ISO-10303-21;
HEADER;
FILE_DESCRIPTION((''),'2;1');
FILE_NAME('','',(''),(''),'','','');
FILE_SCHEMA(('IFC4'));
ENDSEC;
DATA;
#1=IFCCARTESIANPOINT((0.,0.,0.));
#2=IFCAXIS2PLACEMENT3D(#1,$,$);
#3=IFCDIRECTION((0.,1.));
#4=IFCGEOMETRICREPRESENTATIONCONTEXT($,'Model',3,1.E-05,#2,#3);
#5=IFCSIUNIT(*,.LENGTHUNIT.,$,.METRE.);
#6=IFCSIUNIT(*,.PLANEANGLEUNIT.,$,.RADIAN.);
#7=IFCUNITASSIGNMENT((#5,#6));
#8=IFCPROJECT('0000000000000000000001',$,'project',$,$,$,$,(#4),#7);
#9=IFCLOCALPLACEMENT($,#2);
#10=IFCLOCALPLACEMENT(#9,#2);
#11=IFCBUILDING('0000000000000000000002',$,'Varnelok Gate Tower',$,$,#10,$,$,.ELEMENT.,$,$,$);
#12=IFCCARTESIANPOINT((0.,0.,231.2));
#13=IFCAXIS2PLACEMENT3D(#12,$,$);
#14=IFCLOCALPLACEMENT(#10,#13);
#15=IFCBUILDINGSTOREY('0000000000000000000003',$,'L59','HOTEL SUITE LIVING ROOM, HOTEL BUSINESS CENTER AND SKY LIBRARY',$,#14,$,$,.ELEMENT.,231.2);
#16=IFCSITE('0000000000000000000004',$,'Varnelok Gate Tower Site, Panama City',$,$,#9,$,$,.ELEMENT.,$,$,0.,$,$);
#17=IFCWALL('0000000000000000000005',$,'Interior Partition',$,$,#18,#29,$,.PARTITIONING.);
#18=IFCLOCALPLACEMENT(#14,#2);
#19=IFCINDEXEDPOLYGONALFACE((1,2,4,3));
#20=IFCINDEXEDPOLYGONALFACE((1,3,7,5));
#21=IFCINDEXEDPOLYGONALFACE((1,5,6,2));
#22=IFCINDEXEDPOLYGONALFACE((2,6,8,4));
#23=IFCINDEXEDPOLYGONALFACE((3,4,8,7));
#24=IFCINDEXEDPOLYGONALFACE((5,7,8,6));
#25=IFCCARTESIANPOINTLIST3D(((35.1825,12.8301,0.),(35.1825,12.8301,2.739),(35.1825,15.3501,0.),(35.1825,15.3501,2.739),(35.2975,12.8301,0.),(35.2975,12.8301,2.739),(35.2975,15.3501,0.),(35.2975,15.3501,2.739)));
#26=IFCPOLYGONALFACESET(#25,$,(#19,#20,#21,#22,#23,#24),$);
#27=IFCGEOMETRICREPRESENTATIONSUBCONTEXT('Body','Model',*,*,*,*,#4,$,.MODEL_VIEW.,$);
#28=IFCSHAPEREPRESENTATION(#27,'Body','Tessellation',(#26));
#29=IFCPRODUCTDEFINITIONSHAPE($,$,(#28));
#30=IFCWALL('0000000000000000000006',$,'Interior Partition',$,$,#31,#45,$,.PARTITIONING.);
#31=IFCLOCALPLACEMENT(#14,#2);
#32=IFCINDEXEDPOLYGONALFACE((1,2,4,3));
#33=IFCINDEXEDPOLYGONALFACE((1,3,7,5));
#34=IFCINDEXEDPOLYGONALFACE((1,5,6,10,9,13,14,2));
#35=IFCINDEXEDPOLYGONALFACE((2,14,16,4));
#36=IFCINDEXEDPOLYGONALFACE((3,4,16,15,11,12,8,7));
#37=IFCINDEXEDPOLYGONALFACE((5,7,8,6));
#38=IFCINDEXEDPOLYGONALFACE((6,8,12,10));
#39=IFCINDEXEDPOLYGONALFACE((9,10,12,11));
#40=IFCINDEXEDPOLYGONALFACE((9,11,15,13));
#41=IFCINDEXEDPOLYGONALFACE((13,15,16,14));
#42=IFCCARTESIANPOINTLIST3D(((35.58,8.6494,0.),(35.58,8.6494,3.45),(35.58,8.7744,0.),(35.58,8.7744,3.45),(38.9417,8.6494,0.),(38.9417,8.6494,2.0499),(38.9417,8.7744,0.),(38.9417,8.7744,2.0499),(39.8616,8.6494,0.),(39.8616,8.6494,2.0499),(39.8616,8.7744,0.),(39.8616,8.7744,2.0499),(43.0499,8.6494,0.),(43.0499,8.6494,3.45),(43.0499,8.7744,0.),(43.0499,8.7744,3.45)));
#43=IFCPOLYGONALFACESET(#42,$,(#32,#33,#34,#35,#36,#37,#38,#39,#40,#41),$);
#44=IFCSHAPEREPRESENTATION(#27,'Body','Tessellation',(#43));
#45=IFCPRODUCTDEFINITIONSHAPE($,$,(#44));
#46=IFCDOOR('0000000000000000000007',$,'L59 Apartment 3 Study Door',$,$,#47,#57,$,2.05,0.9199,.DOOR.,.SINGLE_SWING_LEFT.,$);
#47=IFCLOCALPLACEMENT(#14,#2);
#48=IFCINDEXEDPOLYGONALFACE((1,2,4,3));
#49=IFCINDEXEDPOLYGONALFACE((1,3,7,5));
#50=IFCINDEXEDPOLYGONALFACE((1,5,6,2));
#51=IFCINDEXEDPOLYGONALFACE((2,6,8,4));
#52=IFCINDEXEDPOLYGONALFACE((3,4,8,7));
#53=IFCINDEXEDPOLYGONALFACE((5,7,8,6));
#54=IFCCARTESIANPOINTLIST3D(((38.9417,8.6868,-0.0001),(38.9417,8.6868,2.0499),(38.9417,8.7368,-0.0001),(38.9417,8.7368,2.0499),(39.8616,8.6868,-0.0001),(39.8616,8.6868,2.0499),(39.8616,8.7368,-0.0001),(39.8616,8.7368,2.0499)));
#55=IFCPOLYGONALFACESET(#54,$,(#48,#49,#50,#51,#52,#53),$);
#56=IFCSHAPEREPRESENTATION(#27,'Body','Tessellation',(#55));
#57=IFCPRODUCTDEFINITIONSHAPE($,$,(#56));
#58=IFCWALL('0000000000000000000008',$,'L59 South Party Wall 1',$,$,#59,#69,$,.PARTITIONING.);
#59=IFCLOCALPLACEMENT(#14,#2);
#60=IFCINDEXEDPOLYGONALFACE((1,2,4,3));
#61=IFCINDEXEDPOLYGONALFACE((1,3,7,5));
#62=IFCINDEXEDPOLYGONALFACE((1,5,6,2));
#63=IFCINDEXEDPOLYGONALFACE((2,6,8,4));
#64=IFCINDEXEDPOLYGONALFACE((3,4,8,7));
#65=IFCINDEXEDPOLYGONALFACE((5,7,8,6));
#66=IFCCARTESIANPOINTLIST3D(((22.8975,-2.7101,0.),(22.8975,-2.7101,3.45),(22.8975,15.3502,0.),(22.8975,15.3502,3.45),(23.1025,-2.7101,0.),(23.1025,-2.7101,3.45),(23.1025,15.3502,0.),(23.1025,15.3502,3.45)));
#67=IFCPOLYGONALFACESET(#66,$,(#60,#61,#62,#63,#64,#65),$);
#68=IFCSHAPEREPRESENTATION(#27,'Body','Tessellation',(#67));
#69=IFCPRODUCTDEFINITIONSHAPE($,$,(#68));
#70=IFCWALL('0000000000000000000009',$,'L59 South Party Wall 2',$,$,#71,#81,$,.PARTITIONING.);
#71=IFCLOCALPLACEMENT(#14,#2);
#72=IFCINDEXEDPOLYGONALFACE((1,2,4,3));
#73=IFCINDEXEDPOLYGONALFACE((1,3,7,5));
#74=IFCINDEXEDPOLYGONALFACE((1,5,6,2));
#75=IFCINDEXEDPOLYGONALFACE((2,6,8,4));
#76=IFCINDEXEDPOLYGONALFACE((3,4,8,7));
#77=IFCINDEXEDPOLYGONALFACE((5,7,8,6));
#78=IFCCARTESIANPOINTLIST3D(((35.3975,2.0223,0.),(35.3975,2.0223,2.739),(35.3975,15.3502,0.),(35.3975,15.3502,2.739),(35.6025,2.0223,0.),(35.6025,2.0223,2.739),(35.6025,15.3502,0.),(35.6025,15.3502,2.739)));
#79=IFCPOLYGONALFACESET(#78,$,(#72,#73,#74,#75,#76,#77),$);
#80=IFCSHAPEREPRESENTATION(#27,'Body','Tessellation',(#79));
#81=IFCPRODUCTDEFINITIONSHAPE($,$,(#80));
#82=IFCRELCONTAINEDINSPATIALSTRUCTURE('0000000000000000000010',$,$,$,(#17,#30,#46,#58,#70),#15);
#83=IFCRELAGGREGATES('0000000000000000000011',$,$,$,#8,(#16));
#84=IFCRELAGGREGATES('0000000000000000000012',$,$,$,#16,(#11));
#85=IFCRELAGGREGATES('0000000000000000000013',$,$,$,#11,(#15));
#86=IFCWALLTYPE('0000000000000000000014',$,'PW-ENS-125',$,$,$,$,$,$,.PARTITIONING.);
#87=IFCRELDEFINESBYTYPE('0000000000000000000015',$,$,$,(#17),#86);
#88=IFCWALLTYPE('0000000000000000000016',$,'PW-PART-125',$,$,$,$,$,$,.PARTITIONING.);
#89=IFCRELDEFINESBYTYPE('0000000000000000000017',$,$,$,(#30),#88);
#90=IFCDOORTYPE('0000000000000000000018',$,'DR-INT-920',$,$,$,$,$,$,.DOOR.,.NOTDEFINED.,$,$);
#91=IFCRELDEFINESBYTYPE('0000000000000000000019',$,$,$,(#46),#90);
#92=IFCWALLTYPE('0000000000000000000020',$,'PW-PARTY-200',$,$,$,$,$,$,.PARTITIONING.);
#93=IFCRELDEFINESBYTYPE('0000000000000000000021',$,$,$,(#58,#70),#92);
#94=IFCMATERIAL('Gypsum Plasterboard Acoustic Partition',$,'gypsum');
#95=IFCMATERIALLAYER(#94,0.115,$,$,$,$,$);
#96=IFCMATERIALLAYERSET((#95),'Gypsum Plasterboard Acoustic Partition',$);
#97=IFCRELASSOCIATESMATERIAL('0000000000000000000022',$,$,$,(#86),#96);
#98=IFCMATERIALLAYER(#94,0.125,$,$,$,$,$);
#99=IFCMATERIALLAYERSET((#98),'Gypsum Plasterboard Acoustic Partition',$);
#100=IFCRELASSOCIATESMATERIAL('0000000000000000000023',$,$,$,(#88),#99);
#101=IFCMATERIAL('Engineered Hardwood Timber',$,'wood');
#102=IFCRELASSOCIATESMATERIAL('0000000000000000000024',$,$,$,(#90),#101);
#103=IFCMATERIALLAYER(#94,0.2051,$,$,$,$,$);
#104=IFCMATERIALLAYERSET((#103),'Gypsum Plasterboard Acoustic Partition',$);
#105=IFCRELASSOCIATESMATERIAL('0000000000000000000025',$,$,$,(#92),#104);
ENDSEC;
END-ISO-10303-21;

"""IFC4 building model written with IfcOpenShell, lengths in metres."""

from ifc_helpers import new_model, si_unit, direction, frame, frame_2d, origin, place, context, subcontext, project, spatial, rectangle, extrude, material, layer, layer_set, type_object, element, fill, save


model = new_model("IFC4")

# Units and contexts
model_context = context("Model", 3, precision=1e-05, world=origin(), true_north=direction((0.0, 1.0)))
body_context = subcontext(model_context, "Body", "Model", "MODEL_VIEW")
ifc_project = project(units=[si_unit("LENGTHUNIT", "METRE"), si_unit("PLANEANGLEUNIT", "RADIAN")], contexts=[model_context])

# Site, building, storey
site_placement = place(None, origin())
site = spatial("IfcSite", under=ifc_project, at=site_placement, Name="Varnelok Gate Tower Site, Panama City", CompositionType="ELEMENT", RefElevation=0.0)
building_placement = place(site_placement, origin())
building = spatial("IfcBuilding", under=site, at=building_placement, Name="Varnelok Gate Tower", CompositionType="ELEMENT")
storey_placement = place(building_placement, frame((0.0, 0.0, 231.2)))
storey = spatial("IfcBuildingStorey", under=building, at=storey_placement, Name="L59", Description="HOTEL SUITE LIVING ROOM, HOTEL BUSINESS CENTER AND SKY LIBRARY", CompositionType="ELEMENT", Elevation=231.2)

# Shared definitions
ifc_material_1 = material(Name="Gypsum Plasterboard Acoustic Partition", Category="gypsum")
ifc_layer_1 = layer(ifc_material_1, 0.115)
ifc_layer_set_1 = layer_set([ifc_layer_1], Name="Gypsum Plasterboard Acoustic Partition")
wall_type_1 = type_object("IfcWallType", Name="PW-ENS-125", PredefinedType="PARTITIONING", material=ifc_layer_set_1)

# Shared definitions
ifc_material_2 = material(Name="Engineered Hardwood Timber", Category="wood")

# Wall
wall_1_placement = place(storey_placement, frame((35.24, 12.8301, 0.0), z_axis=(0.0, 0.0, 1.0), x_axis=(0.0, 1.0, 0.0)))
element("IfcWall", 1, at=wall_1_placement, inside=storey, type_object=wall_type_1, Name="Interior Partition", PredefinedType="PARTITIONING", context=body_context, shape_type="SweptSolid", body=[
    extrude(rectangle(XDim=2.52, YDim=0.115, at=frame_2d((1.26, 0.0))), origin(), (0.0, 0.0, 1.0), 2.739),
])

# Wall, opening, door
ifc_layer_2 = layer(ifc_material_1, 0.125)
ifc_layer_set_2 = layer_set([ifc_layer_2], Name="Gypsum Plasterboard Acoustic Partition")
wall_type_2 = type_object("IfcWallType", Name="PW-PART-125", PredefinedType="PARTITIONING", material=ifc_layer_set_2)
wall_2_placement = place(storey_placement, frame((35.5801, 8.7119, 0.0), z_axis=(0.0, 0.0, 1.0), x_axis=(1.0, 0.0, 0.0)))
wall_2 = element("IfcWall", 2, at=wall_2_placement, inside=storey, type_object=wall_type_2, Name="Interior Partition", PredefinedType="PARTITIONING", context=body_context, shape_type="SweptSolid", body=[
    extrude(rectangle(XDim=7.47, YDim=0.125, at=frame_2d((3.7349, 0.0))), origin(), (0.0, 0.0, 1.0), 3.45),
])
opening_1_placement = place(wall_2_placement, frame((3.3616, 0.0, 0.0)))
opening_1 = element("IfcOpeningElement", 3, at=opening_1_placement, cuts=wall_2, PredefinedType="OPENING", context=body_context, shape_type="SweptSolid", body=[
    extrude(rectangle(XDim=0.9199, YDim=2.05, at=frame_2d((0.46, 1.0249))), frame((0.0, 0.0725, 0.0), z_axis=(0.0, -1.0, 0.0), x_axis=(1.0, 0.0, 0.0)), (0.0, 0.0, 1.0), 0.145),
])
door_type_1 = type_object("IfcDoorType", Name="DR-INT-920", OperationType="NOTDEFINED", PredefinedType="DOOR", material=ifc_material_2)
door_1_placement = place(opening_1_placement, origin())
door_1 = element("IfcDoor", 4, at=door_1_placement, inside=storey, type_object=door_type_1, Name="L59 Apartment 3 Study Door", OperationType="SINGLE_SWING_LEFT", OverallHeight=2.05, OverallWidth=0.9199, PredefinedType="DOOR", context=body_context, shape_type="SweptSolid", body=[
    extrude(rectangle(XDim=0.9199, YDim=2.05, at=frame_2d((0.46, 1.0249))), frame((0.0, 0.0249, 0.0), z_axis=(0.0, -1.0, 0.0), x_axis=(1.0, 0.0, 0.0)), (0.0, 0.0, 1.0), 0.05),
])
fill(opening_1, door_1)

# Walls
ifc_layer_3 = layer(ifc_material_1, 0.2051)
ifc_layer_set_3 = layer_set([ifc_layer_3], Name="Gypsum Plasterboard Acoustic Partition")
wall_type_3 = type_object("IfcWallType", Name="PW-PARTY-200", PredefinedType="PARTITIONING", material=ifc_layer_set_3)
wall_3_placement = place(storey_placement, frame((23.0, -2.7102, 0.0), z_axis=(0.0, 0.0, 1.0), x_axis=(0.0, 1.0, 0.0)))
element("IfcWall", 5, at=wall_3_placement, inside=storey, type_object=wall_type_3, Name="L59 South Party Wall 1", PredefinedType="PARTITIONING", context=body_context, shape_type="SweptSolid", body=[
    extrude(rectangle(XDim=18.0603, YDim=0.2051, at=frame_2d((9.0303, 0.0))), origin(), (0.0, 0.0, 1.0), 3.45),
])
wall_4_placement = place(storey_placement, frame((35.5, 2.0222, 0.0), z_axis=(0.0, 0.0, 1.0), x_axis=(0.0, 1.0, 0.0)))
element("IfcWall", 6, at=wall_4_placement, inside=storey, type_object=wall_type_3, Name="L59 South Party Wall 2", PredefinedType="PARTITIONING", context=body_context, shape_type="SweptSolid", body=[
    extrude(rectangle(XDim=13.3279, YDim=0.2051, at=frame_2d((6.6641, 0.0))), origin(), (0.0, 0.0, 1.0), 2.739),
])

save(model, "model.ifc")
